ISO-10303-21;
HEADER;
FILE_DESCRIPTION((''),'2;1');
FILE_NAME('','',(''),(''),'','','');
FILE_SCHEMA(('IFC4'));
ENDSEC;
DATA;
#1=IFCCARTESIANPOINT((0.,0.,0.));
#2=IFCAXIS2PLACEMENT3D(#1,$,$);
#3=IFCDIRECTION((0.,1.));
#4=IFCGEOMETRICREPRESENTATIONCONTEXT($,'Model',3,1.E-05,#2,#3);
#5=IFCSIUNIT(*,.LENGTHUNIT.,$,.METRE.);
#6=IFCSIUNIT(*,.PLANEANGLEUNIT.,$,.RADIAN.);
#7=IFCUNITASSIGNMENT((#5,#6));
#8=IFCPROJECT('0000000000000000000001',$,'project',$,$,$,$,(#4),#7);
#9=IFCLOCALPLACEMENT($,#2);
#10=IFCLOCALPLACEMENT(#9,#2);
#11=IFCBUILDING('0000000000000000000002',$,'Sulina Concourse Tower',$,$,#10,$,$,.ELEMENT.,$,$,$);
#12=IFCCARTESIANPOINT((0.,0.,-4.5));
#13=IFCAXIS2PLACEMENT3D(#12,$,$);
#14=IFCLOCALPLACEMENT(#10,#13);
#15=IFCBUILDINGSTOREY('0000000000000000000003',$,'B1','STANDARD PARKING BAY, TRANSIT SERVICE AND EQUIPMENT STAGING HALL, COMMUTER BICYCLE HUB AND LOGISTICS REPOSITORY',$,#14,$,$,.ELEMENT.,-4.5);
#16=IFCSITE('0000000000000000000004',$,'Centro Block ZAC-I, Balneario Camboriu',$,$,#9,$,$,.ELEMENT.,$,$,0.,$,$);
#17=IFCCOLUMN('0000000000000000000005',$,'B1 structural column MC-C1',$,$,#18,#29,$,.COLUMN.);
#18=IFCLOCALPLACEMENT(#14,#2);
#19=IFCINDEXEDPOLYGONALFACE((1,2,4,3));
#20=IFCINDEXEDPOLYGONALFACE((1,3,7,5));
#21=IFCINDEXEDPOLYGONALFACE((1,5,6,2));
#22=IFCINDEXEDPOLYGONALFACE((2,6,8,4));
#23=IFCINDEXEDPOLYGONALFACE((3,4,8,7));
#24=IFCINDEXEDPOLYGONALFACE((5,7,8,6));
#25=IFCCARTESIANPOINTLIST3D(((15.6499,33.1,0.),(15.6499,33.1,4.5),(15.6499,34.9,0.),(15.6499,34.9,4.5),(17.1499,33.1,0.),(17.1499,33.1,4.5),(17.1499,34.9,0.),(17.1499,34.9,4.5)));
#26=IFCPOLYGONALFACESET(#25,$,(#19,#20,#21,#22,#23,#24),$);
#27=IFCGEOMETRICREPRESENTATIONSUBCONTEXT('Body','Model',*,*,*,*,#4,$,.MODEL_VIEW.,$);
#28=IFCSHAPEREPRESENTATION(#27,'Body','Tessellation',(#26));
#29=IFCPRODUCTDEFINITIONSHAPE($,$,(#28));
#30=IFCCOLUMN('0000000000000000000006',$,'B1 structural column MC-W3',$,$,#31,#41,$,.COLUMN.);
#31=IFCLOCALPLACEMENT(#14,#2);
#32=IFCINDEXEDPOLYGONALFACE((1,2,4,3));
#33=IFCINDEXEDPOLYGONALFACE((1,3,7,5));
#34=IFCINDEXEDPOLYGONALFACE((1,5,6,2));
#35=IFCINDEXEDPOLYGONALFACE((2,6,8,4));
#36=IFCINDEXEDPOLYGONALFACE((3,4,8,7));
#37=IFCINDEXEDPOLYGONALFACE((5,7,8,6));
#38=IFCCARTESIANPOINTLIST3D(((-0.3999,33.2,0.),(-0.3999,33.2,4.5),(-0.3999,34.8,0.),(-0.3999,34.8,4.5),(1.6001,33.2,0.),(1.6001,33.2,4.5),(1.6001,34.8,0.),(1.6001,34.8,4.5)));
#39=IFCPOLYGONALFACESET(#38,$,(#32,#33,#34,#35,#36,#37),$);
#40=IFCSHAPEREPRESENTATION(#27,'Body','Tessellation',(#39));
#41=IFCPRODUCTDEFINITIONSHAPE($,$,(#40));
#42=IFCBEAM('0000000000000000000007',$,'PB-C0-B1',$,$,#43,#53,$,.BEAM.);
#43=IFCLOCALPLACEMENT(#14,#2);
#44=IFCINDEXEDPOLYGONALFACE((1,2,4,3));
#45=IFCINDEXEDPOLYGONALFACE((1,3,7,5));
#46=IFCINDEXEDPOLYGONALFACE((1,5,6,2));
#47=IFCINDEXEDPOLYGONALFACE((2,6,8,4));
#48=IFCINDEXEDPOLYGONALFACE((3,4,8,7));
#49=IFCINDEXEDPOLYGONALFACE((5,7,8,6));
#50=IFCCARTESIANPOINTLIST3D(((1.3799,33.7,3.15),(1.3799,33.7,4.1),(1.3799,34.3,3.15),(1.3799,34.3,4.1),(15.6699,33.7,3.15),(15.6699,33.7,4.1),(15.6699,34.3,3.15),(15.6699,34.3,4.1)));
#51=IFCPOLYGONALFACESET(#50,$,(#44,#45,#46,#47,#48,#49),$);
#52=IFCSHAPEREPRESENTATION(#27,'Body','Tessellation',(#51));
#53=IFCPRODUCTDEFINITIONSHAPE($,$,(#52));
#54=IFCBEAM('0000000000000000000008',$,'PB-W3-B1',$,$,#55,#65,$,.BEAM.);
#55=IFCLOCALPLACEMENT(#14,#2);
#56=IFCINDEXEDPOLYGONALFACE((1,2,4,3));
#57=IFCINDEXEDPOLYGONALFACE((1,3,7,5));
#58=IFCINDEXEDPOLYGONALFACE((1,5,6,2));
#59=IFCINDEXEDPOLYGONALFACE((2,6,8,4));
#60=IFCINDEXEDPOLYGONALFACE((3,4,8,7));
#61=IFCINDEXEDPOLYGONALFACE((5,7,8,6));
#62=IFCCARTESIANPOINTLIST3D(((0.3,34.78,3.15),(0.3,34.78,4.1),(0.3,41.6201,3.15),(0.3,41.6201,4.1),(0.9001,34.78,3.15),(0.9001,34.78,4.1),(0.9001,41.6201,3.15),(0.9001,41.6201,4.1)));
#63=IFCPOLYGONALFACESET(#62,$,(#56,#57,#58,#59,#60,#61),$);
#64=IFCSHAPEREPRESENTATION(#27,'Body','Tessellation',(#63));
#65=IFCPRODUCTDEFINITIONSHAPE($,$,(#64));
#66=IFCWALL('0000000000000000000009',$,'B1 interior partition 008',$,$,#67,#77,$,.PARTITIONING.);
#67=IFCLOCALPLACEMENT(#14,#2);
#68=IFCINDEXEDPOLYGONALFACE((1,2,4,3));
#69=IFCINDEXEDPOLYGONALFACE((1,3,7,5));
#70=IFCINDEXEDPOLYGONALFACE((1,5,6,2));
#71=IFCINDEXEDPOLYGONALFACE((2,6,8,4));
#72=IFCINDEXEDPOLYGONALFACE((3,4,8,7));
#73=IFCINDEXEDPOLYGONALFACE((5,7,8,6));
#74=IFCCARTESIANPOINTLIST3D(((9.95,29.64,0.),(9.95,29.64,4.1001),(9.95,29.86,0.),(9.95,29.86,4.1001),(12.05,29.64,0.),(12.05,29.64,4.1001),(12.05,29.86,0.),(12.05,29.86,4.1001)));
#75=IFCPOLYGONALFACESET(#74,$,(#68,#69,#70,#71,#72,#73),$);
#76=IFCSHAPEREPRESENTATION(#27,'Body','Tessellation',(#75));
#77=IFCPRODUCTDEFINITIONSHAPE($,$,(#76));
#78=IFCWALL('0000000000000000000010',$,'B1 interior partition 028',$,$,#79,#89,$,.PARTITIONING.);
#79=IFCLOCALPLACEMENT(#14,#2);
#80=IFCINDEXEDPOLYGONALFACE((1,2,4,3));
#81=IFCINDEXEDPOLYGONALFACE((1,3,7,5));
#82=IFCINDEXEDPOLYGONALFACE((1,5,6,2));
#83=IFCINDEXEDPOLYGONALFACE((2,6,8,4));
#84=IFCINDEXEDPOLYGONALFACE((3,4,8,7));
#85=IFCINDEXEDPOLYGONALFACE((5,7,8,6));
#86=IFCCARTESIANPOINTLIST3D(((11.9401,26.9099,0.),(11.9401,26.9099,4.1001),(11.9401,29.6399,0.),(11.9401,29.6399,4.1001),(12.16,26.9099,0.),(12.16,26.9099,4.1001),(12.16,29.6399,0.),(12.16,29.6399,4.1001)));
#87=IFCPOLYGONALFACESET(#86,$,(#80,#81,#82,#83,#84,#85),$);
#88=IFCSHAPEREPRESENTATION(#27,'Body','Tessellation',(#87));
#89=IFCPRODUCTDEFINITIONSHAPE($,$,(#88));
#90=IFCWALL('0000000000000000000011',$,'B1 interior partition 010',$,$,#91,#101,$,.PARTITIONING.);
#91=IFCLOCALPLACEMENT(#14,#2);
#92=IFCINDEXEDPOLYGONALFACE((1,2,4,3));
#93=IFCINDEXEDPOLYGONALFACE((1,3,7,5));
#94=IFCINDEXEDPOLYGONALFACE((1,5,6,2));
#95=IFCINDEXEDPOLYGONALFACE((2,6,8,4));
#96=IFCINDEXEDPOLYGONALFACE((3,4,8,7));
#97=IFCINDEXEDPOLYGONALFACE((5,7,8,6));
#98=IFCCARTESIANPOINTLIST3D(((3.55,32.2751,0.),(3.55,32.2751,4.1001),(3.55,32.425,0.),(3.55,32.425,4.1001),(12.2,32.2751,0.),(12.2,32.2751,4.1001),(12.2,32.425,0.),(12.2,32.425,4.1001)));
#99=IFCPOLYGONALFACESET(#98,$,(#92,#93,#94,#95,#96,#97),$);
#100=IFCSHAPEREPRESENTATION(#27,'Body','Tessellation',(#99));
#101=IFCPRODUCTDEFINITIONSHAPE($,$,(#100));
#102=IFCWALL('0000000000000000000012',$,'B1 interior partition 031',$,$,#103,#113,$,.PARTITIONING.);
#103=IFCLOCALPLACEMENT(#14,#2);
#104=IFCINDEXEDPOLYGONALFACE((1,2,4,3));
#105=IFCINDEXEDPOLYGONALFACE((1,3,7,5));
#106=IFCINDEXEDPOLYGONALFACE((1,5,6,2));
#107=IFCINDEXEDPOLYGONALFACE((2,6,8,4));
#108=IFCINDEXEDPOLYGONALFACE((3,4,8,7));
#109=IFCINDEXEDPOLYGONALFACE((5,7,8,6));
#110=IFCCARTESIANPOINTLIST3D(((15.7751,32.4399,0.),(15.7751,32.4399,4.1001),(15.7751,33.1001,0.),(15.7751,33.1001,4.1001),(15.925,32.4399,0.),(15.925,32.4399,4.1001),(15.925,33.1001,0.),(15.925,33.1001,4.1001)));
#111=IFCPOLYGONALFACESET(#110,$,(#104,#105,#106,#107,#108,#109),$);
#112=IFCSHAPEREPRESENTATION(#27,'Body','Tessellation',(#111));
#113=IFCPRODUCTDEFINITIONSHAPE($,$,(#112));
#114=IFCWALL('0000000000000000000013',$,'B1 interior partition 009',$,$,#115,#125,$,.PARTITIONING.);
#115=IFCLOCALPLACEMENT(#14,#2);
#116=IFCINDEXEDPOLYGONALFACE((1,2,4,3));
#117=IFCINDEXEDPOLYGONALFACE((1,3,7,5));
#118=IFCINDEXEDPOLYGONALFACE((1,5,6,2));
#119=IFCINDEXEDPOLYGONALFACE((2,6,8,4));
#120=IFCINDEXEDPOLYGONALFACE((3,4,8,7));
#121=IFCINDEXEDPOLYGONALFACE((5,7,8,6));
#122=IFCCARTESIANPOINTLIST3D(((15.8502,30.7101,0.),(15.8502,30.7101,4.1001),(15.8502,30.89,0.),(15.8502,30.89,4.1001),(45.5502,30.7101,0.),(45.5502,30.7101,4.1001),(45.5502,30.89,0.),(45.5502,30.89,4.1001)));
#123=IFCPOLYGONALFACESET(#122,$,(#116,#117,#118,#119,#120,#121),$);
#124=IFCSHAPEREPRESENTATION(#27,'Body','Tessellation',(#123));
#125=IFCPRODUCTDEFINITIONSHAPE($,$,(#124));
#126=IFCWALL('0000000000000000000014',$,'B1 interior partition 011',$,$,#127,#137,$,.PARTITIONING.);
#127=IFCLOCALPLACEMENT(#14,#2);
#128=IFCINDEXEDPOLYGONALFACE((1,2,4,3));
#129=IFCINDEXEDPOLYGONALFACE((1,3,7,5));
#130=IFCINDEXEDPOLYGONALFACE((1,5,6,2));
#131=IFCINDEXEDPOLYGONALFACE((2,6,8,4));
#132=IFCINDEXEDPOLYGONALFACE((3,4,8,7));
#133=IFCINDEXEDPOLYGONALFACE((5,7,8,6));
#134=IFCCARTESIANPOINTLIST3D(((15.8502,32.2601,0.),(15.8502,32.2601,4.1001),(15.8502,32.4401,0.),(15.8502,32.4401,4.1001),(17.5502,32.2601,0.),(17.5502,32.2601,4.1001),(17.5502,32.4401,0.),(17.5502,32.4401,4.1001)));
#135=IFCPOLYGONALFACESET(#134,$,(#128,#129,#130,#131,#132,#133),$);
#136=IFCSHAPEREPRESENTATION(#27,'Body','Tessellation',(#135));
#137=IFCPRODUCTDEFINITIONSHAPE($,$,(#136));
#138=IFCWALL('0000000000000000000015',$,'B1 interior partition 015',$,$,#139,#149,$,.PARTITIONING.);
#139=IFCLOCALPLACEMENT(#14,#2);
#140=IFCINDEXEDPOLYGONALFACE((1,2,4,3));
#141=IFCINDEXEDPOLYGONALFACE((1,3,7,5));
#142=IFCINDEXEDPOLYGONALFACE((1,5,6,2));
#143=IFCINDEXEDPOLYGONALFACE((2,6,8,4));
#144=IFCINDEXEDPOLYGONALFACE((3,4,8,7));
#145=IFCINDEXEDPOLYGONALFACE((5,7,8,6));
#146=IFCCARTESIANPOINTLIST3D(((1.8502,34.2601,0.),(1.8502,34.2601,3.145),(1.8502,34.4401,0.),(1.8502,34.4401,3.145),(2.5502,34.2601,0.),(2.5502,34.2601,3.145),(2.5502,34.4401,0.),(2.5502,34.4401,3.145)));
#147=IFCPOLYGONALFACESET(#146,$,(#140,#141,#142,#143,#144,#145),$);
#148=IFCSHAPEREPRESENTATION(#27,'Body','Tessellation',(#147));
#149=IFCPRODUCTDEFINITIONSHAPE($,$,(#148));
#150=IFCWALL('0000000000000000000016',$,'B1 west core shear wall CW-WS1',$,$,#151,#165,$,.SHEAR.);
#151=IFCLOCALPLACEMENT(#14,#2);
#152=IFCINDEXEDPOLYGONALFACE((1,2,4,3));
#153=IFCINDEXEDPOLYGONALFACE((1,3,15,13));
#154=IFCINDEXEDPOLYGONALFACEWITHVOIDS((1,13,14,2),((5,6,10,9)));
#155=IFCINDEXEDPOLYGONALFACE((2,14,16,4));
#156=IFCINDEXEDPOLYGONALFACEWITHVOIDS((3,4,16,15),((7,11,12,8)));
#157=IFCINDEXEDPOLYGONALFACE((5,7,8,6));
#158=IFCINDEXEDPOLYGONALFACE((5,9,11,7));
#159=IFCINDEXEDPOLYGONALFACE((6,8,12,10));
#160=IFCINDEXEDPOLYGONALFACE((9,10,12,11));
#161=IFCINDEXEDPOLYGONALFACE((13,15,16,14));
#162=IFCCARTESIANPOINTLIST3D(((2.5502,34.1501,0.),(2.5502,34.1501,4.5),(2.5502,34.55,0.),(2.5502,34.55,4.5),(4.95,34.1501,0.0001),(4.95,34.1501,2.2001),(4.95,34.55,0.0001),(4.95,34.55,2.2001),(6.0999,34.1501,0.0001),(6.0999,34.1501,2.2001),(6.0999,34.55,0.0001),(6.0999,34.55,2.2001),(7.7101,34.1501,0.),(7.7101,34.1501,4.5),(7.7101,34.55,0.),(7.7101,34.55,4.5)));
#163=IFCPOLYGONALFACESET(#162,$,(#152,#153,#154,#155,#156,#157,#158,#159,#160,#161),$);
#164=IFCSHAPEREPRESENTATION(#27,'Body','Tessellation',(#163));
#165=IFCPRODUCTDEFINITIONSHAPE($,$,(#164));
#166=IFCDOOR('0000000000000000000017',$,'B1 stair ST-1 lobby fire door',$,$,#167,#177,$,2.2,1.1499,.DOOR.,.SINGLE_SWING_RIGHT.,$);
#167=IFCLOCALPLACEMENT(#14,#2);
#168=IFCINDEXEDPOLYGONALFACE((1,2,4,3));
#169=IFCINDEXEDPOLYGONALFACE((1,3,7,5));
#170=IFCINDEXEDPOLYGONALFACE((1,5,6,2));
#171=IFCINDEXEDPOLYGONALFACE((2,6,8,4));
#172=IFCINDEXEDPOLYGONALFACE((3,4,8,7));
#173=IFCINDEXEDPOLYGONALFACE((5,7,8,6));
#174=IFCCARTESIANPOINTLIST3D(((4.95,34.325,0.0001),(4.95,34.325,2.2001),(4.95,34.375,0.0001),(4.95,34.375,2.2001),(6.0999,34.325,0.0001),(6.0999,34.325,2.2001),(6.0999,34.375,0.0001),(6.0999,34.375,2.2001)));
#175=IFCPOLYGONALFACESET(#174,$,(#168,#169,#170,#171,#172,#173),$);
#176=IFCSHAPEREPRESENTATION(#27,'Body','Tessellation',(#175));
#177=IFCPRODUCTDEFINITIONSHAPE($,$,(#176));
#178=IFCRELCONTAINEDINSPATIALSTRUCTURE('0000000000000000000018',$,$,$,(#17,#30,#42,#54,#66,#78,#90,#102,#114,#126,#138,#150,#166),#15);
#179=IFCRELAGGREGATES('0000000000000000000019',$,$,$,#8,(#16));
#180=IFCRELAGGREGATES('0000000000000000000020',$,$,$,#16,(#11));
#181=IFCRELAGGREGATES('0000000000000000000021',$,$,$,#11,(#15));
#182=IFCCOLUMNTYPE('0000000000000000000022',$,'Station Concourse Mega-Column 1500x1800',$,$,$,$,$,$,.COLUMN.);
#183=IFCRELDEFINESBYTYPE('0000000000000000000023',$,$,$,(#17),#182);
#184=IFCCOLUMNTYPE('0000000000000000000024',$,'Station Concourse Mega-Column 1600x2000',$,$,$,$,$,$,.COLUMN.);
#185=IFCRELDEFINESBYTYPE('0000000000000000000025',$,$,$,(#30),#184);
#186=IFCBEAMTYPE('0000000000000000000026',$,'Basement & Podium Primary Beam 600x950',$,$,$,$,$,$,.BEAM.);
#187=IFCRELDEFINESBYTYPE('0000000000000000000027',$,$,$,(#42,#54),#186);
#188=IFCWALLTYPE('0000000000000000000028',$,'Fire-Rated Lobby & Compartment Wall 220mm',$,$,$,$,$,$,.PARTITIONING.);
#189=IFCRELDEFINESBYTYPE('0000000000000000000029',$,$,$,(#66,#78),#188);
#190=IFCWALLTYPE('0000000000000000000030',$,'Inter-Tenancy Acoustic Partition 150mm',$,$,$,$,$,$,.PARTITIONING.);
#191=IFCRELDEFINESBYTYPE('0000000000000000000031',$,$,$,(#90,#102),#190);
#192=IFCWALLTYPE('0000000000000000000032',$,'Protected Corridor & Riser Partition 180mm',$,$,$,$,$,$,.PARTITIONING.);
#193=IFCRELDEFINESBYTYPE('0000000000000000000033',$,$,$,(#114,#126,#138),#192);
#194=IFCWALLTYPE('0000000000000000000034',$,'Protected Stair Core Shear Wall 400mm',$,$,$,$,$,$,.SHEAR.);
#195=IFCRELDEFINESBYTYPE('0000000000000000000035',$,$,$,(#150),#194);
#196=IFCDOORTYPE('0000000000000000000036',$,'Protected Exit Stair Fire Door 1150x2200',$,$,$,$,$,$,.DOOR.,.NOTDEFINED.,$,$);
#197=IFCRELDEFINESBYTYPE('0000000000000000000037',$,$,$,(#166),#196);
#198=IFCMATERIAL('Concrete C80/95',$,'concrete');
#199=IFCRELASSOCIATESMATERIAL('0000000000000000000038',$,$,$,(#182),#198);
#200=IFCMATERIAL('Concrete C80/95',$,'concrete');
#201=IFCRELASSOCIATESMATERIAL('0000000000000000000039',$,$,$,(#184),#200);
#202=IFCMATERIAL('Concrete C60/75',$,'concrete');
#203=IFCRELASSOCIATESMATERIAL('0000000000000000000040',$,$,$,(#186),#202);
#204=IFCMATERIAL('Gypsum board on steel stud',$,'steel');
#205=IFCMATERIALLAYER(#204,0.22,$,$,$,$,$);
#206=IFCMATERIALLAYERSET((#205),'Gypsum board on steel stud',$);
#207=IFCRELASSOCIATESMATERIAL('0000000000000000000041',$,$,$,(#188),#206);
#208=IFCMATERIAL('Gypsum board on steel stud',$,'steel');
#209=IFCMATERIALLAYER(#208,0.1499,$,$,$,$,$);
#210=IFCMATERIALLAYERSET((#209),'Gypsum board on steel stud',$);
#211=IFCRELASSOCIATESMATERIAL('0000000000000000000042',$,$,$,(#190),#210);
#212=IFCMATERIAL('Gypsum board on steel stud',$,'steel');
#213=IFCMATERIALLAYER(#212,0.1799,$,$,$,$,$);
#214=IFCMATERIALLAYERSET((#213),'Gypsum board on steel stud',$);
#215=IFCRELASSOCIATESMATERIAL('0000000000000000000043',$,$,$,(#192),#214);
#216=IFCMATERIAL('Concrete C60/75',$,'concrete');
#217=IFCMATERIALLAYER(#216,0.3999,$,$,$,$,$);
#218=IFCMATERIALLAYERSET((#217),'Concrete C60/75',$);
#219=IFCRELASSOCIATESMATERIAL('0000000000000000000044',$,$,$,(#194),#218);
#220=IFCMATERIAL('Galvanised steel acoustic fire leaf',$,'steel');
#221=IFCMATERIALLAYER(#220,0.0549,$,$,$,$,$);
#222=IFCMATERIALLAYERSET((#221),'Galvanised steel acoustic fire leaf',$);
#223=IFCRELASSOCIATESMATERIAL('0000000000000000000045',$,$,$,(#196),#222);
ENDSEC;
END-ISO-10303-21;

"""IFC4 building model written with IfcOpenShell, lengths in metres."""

from ifc_helpers import new_model, si_unit, direction, frame, frame_2d, origin, origin_2d, place, context, subcontext, project, spatial, rectangle, extrude, material, layer, layer_set, material_profile, profile_set, type_object, element, fill, save


model = new_model("IFC4")

# Units and contexts
model_context = context("Model", 3, precision=1e-05, world=origin(), true_north=direction((0.0, 1.0)))
body_context = subcontext(model_context, "Body", "Model", "MODEL_VIEW")
ifc_project = project(units=[si_unit("LENGTHUNIT", "METRE"), si_unit("PLANEANGLEUNIT", "RADIAN")], contexts=[model_context])

# Site, building, storey
site_placement = place(None, origin())
site = spatial("IfcSite", under=ifc_project, at=site_placement, Name="Centro Block ZAC-I, Balneario Camboriu", CompositionType="ELEMENT", RefElevation=0.0)
building_placement = place(site_placement, origin())
building = spatial("IfcBuilding", under=site, at=building_placement, Name="Sulina Concourse Tower", CompositionType="ELEMENT")
storey_placement = place(building_placement, frame((0.0, 0.0, -4.5)))
storey = spatial("IfcBuildingStorey", under=building, at=storey_placement, Name="B1", Description="STANDARD PARKING BAY, TRANSIT SERVICE AND EQUIPMENT STAGING HALL, COMMUTER BICYCLE HUB AND LOGISTICS REPOSITORY", CompositionType="ELEMENT", Elevation=-4.5)

# Columns
ifc_material_1 = material(Name="Concrete C80/95", Category="concrete")
ifc_material_profile_1 = material_profile(ifc_material_1, rectangle(XDim=1.5, YDim=1.8, at=origin_2d()), Name="RC 1500x1800")
ifc_profile_set_1 = profile_set([ifc_material_profile_1], Name="Concrete C80/95")
column_type_1 = type_object("IfcColumnType", Name="Station Concourse Mega-Column 1500x1800", PredefinedType="COLUMN", material=ifc_profile_set_1)
column_1_placement = place(storey_placement, frame((16.3999, 34.0, 0.0), z_axis=(0.0, 0.0, 1.0), x_axis=(1.0, 0.0, 0.0)))
element("IfcColumn", 1, at=column_1_placement, inside=storey, type_object=column_type_1, Name="B1 structural column MC-C1", PredefinedType="COLUMN", context=body_context, shape_type="SweptSolid", body=[
    extrude(rectangle(XDim=1.5, YDim=1.8, at=origin_2d()), origin(), (0.0, 0.0, 1.0), 4.5),
])
ifc_material_2 = material(Name="Concrete C80/95", Category="concrete")
ifc_material_profile_2 = material_profile(ifc_material_2, rectangle(XDim=1.6001, YDim=2.0, at=origin_2d()), Name="RC 1600x2000")
ifc_profile_set_2 = profile_set([ifc_material_profile_2], Name="Concrete C80/95")
column_type_2 = type_object("IfcColumnType", Name="Station Concourse Mega-Column 1600x2000", PredefinedType="COLUMN", material=ifc_profile_set_2)
column_2_placement = place(storey_placement, frame((0.6001, 34.0, 0.0), z_axis=(0.0, 0.0, 1.0), x_axis=(0.0, 1.0, 0.0)))
element("IfcColumn", 2, at=column_2_placement, inside=storey, type_object=column_type_2, Name="B1 structural column MC-W3", PredefinedType="COLUMN", context=body_context, shape_type="SweptSolid", body=[
    extrude(rectangle(XDim=1.6001, YDim=2.0, at=origin_2d()), origin(), (0.0, 0.0, 1.0), 4.5),
])

# Beams
ifc_material_3 = material(Name="Concrete C60/75", Category="concrete")
ifc_material_profile_3 = material_profile(ifc_material_3, rectangle(XDim=0.6001, YDim=0.95, at=origin_2d()), Name="RC 600x950")
ifc_profile_set_3 = profile_set([ifc_material_profile_3], Name="Concrete C60/75")
beam_type = type_object("IfcBeamType", Name="Basement & Podium Primary Beam 600x950", PredefinedType="BEAM", material=ifc_profile_set_3)
beam_1_placement = place(storey_placement, frame((1.3799, 34.0, 3.625), z_axis=(1.0, 0.0, 0.0), x_axis=(0.0, 1.0, 0.0)))
element("IfcBeam", 3, at=beam_1_placement, inside=storey, type_object=beam_type, Name="PB-C0-B1", PredefinedType="BEAM", context=body_context, shape_type="SweptSolid", body=[
    extrude(rectangle(XDim=0.6001, YDim=0.95, at=origin_2d()), origin(), (0.0, 0.0, 1.0), 14.29),
])
beam_2_placement = place(storey_placement, frame((0.6001, 34.78, 3.625), z_axis=(0.0, 1.0, 0.0), x_axis=(-1.0, 0.0, 0.0)))
element("IfcBeam", 4, at=beam_2_placement, inside=storey, type_object=beam_type, Name="PB-W3-B1", PredefinedType="BEAM", context=body_context, shape_type="SweptSolid", body=[
    extrude(rectangle(XDim=0.6001, YDim=0.95, at=origin_2d()), origin(), (0.0, 0.0, 1.0), 6.8401),
])

# Walls
ifc_material_4 = material(Name="Gypsum board on steel stud", Category="steel")
ifc_layer_1 = layer(ifc_material_4, 0.22)
ifc_layer_set_1 = layer_set([ifc_layer_1], Name="Gypsum board on steel stud")
wall_type_1 = type_object("IfcWallType", Name="Fire-Rated Lobby & Compartment Wall 220mm", PredefinedType="PARTITIONING", material=ifc_layer_set_1)
wall_1_placement = place(storey_placement, frame((9.95, 29.75, 0.0), z_axis=(0.0, 0.0, 1.0), x_axis=(1.0, 0.0, 0.0)))
element("IfcWall", 5, at=wall_1_placement, inside=storey, type_object=wall_type_1, Name="B1 interior partition 008", PredefinedType="PARTITIONING", context=body_context, shape_type="SweptSolid", body=[
    extrude(rectangle(XDim=2.1001, YDim=0.22, at=frame_2d((1.05, 0.0))), origin(), (0.0, 0.0, 1.0), 4.1001),
])
wall_2_placement = place(storey_placement, frame((12.05, 26.9099, 0.0), z_axis=(0.0, 0.0, 1.0), x_axis=(0.0, 1.0, 0.0)))
element("IfcWall", 6, at=wall_2_placement, inside=storey, type_object=wall_type_1, Name="B1 interior partition 028", PredefinedType="PARTITIONING", context=body_context, shape_type="SweptSolid", body=[
    extrude(rectangle(XDim=2.73, YDim=0.22, at=frame_2d((1.365, 0.0))), origin(), (0.0, 0.0, 1.0), 4.1001),
])
ifc_material_5 = material(Name="Gypsum board on steel stud", Category="steel")
ifc_layer_2 = layer(ifc_material_5, 0.1499)
ifc_layer_set_2 = layer_set([ifc_layer_2], Name="Gypsum board on steel stud")
wall_type_2 = type_object("IfcWallType", Name="Inter-Tenancy Acoustic Partition 150mm", PredefinedType="PARTITIONING", material=ifc_layer_set_2)
wall_3_placement = place(storey_placement, frame((3.55, 32.3501, 0.0), z_axis=(0.0, 0.0, 1.0), x_axis=(1.0, 0.0, 0.0)))
element("IfcWall", 7, at=wall_3_placement, inside=storey, type_object=wall_type_2, Name="B1 interior partition 010", PredefinedType="PARTITIONING", context=body_context, shape_type="SweptSolid", body=[
    extrude(rectangle(XDim=8.6499, YDim=0.1499, at=frame_2d((4.325, 0.0))), origin(), (0.0, 0.0, 1.0), 4.1001),
])
wall_4_placement = place(storey_placement, frame((15.8501, 32.4399, 0.0), z_axis=(0.0, 0.0, 1.0), x_axis=(0.0, 1.0, 0.0)))
element("IfcWall", 8, at=wall_4_placement, inside=storey, type_object=wall_type_2, Name="B1 interior partition 031", PredefinedType="PARTITIONING", context=body_context, shape_type="SweptSolid", body=[
    extrude(rectangle(XDim=0.6602, YDim=0.1499, at=frame_2d((0.3301, 0.0))), origin(), (0.0, 0.0, 1.0), 4.1001),
])
ifc_material_6 = material(Name="Gypsum board on steel stud", Category="steel")
ifc_layer_3 = layer(ifc_material_6, 0.1799)
ifc_layer_set_3 = layer_set([ifc_layer_3], Name="Gypsum board on steel stud")
wall_type_3 = type_object("IfcWallType", Name="Protected Corridor & Riser Partition 180mm", PredefinedType="PARTITIONING", material=ifc_layer_set_3)
wall_5_placement = place(storey_placement, frame((15.8501, 30.8, 0.0), z_axis=(0.0, 0.0, 1.0), x_axis=(1.0, 0.0, 0.0)))
element("IfcWall", 9, at=wall_5_placement, inside=storey, type_object=wall_type_3, Name="B1 interior partition 009", PredefinedType="PARTITIONING", context=body_context, shape_type="SweptSolid", body=[
    extrude(rectangle(XDim=29.7, YDim=0.1799, at=frame_2d((14.8501, 0.0))), origin(), (0.0, 0.0, 1.0), 4.1001),
])
wall_6_placement = place(storey_placement, frame((15.8501, 32.3501, 0.0), z_axis=(0.0, 0.0, 1.0), x_axis=(1.0, 0.0, 0.0)))
element("IfcWall", 10, at=wall_6_placement, inside=storey, type_object=wall_type_3, Name="B1 interior partition 011", PredefinedType="PARTITIONING", context=body_context, shape_type="SweptSolid", body=[
    extrude(rectangle(XDim=1.7, YDim=0.1799, at=frame_2d((0.8501, 0.0))), origin(), (0.0, 0.0, 1.0), 4.1001),
])
wall_7_placement = place(storey_placement, frame((1.8501, 34.3501, 0.0), z_axis=(0.0, 0.0, 1.0), x_axis=(1.0, 0.0, 0.0)))
element("IfcWall", 11, at=wall_7_placement, inside=storey, type_object=wall_type_3, Name="B1 interior partition 015", PredefinedType="PARTITIONING", context=body_context, shape_type="SweptSolid", body=[
    extrude(rectangle(XDim=0.7, YDim=0.1799, at=frame_2d((0.3501, 0.0))), origin(), (0.0, 0.0, 1.0), 3.145),
])

# Wall, opening, door
ifc_material_7 = material(Name="Concrete C60/75", Category="concrete")
ifc_layer_4 = layer(ifc_material_7, 0.3999)
ifc_layer_set_4 = layer_set([ifc_layer_4], Name="Concrete C60/75")
wall_type_4 = type_object("IfcWallType", Name="Protected Stair Core Shear Wall 400mm", PredefinedType="SHEAR", material=ifc_layer_set_4)
wall_8_placement = place(storey_placement, frame((2.55, 34.3501, 0.0), z_axis=(0.0, 0.0, 1.0), x_axis=(1.0, 0.0, 0.0)))
wall_8 = element("IfcWall", 12, at=wall_8_placement, inside=storey, type_object=wall_type_4, Name="B1 west core shear wall CW-WS1", PredefinedType="SHEAR", context=body_context, shape_type="SweptSolid", body=[
    extrude(rectangle(XDim=5.1599, YDim=0.3999, at=frame_2d((2.5801, 0.0))), origin(), (0.0, 0.0, 1.0), 4.5),
])
opening_1_placement = place(wall_8_placement, frame((2.3999, 0.0, 0.0)))
opening_1 = element("IfcOpeningElement", 13, at=opening_1_placement, cuts=wall_8, PredefinedType="OPENING", context=body_context, shape_type="SweptSolid", body=[
    extrude(rectangle(XDim=1.1499, YDim=2.2, at=frame_2d((0.575, 1.1001))), frame((0.0, 0.21, 0.0), z_axis=(0.0, -1.0, 0.0), x_axis=(1.0, 0.0, 0.0)), (0.0, 0.0, 1.0), 0.4199),
])
ifc_material_8 = material(Name="Galvanised steel acoustic fire leaf", Category="steel")
ifc_layer_5 = layer(ifc_material_8, 0.0549)
ifc_layer_set_5 = layer_set([ifc_layer_5], Name="Galvanised steel acoustic fire leaf")
door_type = type_object("IfcDoorType", Name="Protected Exit Stair Fire Door 1150x2200", OperationType="NOTDEFINED", PredefinedType="DOOR", material=ifc_layer_set_5)
door_1_placement = place(opening_1_placement, origin())
door_1 = element("IfcDoor", 14, at=door_1_placement, inside=storey, type_object=door_type, Name="B1 stair ST-1 lobby fire door", OperationType="SINGLE_SWING_RIGHT", OverallHeight=2.2, OverallWidth=1.1499, PredefinedType="DOOR", context=body_context, shape_type="SweptSolid", body=[
    extrude(rectangle(XDim=1.1499, YDim=2.2, at=frame_2d((0.575, 1.1001))), frame((0.0, 0.0249, 0.0), z_axis=(0.0, -1.0, 0.0), x_axis=(1.0, 0.0, 0.0)), (0.0, 0.0, 1.0), 0.05),
])
fill(opening_1, door_1)

save(model, "model.ifc")
